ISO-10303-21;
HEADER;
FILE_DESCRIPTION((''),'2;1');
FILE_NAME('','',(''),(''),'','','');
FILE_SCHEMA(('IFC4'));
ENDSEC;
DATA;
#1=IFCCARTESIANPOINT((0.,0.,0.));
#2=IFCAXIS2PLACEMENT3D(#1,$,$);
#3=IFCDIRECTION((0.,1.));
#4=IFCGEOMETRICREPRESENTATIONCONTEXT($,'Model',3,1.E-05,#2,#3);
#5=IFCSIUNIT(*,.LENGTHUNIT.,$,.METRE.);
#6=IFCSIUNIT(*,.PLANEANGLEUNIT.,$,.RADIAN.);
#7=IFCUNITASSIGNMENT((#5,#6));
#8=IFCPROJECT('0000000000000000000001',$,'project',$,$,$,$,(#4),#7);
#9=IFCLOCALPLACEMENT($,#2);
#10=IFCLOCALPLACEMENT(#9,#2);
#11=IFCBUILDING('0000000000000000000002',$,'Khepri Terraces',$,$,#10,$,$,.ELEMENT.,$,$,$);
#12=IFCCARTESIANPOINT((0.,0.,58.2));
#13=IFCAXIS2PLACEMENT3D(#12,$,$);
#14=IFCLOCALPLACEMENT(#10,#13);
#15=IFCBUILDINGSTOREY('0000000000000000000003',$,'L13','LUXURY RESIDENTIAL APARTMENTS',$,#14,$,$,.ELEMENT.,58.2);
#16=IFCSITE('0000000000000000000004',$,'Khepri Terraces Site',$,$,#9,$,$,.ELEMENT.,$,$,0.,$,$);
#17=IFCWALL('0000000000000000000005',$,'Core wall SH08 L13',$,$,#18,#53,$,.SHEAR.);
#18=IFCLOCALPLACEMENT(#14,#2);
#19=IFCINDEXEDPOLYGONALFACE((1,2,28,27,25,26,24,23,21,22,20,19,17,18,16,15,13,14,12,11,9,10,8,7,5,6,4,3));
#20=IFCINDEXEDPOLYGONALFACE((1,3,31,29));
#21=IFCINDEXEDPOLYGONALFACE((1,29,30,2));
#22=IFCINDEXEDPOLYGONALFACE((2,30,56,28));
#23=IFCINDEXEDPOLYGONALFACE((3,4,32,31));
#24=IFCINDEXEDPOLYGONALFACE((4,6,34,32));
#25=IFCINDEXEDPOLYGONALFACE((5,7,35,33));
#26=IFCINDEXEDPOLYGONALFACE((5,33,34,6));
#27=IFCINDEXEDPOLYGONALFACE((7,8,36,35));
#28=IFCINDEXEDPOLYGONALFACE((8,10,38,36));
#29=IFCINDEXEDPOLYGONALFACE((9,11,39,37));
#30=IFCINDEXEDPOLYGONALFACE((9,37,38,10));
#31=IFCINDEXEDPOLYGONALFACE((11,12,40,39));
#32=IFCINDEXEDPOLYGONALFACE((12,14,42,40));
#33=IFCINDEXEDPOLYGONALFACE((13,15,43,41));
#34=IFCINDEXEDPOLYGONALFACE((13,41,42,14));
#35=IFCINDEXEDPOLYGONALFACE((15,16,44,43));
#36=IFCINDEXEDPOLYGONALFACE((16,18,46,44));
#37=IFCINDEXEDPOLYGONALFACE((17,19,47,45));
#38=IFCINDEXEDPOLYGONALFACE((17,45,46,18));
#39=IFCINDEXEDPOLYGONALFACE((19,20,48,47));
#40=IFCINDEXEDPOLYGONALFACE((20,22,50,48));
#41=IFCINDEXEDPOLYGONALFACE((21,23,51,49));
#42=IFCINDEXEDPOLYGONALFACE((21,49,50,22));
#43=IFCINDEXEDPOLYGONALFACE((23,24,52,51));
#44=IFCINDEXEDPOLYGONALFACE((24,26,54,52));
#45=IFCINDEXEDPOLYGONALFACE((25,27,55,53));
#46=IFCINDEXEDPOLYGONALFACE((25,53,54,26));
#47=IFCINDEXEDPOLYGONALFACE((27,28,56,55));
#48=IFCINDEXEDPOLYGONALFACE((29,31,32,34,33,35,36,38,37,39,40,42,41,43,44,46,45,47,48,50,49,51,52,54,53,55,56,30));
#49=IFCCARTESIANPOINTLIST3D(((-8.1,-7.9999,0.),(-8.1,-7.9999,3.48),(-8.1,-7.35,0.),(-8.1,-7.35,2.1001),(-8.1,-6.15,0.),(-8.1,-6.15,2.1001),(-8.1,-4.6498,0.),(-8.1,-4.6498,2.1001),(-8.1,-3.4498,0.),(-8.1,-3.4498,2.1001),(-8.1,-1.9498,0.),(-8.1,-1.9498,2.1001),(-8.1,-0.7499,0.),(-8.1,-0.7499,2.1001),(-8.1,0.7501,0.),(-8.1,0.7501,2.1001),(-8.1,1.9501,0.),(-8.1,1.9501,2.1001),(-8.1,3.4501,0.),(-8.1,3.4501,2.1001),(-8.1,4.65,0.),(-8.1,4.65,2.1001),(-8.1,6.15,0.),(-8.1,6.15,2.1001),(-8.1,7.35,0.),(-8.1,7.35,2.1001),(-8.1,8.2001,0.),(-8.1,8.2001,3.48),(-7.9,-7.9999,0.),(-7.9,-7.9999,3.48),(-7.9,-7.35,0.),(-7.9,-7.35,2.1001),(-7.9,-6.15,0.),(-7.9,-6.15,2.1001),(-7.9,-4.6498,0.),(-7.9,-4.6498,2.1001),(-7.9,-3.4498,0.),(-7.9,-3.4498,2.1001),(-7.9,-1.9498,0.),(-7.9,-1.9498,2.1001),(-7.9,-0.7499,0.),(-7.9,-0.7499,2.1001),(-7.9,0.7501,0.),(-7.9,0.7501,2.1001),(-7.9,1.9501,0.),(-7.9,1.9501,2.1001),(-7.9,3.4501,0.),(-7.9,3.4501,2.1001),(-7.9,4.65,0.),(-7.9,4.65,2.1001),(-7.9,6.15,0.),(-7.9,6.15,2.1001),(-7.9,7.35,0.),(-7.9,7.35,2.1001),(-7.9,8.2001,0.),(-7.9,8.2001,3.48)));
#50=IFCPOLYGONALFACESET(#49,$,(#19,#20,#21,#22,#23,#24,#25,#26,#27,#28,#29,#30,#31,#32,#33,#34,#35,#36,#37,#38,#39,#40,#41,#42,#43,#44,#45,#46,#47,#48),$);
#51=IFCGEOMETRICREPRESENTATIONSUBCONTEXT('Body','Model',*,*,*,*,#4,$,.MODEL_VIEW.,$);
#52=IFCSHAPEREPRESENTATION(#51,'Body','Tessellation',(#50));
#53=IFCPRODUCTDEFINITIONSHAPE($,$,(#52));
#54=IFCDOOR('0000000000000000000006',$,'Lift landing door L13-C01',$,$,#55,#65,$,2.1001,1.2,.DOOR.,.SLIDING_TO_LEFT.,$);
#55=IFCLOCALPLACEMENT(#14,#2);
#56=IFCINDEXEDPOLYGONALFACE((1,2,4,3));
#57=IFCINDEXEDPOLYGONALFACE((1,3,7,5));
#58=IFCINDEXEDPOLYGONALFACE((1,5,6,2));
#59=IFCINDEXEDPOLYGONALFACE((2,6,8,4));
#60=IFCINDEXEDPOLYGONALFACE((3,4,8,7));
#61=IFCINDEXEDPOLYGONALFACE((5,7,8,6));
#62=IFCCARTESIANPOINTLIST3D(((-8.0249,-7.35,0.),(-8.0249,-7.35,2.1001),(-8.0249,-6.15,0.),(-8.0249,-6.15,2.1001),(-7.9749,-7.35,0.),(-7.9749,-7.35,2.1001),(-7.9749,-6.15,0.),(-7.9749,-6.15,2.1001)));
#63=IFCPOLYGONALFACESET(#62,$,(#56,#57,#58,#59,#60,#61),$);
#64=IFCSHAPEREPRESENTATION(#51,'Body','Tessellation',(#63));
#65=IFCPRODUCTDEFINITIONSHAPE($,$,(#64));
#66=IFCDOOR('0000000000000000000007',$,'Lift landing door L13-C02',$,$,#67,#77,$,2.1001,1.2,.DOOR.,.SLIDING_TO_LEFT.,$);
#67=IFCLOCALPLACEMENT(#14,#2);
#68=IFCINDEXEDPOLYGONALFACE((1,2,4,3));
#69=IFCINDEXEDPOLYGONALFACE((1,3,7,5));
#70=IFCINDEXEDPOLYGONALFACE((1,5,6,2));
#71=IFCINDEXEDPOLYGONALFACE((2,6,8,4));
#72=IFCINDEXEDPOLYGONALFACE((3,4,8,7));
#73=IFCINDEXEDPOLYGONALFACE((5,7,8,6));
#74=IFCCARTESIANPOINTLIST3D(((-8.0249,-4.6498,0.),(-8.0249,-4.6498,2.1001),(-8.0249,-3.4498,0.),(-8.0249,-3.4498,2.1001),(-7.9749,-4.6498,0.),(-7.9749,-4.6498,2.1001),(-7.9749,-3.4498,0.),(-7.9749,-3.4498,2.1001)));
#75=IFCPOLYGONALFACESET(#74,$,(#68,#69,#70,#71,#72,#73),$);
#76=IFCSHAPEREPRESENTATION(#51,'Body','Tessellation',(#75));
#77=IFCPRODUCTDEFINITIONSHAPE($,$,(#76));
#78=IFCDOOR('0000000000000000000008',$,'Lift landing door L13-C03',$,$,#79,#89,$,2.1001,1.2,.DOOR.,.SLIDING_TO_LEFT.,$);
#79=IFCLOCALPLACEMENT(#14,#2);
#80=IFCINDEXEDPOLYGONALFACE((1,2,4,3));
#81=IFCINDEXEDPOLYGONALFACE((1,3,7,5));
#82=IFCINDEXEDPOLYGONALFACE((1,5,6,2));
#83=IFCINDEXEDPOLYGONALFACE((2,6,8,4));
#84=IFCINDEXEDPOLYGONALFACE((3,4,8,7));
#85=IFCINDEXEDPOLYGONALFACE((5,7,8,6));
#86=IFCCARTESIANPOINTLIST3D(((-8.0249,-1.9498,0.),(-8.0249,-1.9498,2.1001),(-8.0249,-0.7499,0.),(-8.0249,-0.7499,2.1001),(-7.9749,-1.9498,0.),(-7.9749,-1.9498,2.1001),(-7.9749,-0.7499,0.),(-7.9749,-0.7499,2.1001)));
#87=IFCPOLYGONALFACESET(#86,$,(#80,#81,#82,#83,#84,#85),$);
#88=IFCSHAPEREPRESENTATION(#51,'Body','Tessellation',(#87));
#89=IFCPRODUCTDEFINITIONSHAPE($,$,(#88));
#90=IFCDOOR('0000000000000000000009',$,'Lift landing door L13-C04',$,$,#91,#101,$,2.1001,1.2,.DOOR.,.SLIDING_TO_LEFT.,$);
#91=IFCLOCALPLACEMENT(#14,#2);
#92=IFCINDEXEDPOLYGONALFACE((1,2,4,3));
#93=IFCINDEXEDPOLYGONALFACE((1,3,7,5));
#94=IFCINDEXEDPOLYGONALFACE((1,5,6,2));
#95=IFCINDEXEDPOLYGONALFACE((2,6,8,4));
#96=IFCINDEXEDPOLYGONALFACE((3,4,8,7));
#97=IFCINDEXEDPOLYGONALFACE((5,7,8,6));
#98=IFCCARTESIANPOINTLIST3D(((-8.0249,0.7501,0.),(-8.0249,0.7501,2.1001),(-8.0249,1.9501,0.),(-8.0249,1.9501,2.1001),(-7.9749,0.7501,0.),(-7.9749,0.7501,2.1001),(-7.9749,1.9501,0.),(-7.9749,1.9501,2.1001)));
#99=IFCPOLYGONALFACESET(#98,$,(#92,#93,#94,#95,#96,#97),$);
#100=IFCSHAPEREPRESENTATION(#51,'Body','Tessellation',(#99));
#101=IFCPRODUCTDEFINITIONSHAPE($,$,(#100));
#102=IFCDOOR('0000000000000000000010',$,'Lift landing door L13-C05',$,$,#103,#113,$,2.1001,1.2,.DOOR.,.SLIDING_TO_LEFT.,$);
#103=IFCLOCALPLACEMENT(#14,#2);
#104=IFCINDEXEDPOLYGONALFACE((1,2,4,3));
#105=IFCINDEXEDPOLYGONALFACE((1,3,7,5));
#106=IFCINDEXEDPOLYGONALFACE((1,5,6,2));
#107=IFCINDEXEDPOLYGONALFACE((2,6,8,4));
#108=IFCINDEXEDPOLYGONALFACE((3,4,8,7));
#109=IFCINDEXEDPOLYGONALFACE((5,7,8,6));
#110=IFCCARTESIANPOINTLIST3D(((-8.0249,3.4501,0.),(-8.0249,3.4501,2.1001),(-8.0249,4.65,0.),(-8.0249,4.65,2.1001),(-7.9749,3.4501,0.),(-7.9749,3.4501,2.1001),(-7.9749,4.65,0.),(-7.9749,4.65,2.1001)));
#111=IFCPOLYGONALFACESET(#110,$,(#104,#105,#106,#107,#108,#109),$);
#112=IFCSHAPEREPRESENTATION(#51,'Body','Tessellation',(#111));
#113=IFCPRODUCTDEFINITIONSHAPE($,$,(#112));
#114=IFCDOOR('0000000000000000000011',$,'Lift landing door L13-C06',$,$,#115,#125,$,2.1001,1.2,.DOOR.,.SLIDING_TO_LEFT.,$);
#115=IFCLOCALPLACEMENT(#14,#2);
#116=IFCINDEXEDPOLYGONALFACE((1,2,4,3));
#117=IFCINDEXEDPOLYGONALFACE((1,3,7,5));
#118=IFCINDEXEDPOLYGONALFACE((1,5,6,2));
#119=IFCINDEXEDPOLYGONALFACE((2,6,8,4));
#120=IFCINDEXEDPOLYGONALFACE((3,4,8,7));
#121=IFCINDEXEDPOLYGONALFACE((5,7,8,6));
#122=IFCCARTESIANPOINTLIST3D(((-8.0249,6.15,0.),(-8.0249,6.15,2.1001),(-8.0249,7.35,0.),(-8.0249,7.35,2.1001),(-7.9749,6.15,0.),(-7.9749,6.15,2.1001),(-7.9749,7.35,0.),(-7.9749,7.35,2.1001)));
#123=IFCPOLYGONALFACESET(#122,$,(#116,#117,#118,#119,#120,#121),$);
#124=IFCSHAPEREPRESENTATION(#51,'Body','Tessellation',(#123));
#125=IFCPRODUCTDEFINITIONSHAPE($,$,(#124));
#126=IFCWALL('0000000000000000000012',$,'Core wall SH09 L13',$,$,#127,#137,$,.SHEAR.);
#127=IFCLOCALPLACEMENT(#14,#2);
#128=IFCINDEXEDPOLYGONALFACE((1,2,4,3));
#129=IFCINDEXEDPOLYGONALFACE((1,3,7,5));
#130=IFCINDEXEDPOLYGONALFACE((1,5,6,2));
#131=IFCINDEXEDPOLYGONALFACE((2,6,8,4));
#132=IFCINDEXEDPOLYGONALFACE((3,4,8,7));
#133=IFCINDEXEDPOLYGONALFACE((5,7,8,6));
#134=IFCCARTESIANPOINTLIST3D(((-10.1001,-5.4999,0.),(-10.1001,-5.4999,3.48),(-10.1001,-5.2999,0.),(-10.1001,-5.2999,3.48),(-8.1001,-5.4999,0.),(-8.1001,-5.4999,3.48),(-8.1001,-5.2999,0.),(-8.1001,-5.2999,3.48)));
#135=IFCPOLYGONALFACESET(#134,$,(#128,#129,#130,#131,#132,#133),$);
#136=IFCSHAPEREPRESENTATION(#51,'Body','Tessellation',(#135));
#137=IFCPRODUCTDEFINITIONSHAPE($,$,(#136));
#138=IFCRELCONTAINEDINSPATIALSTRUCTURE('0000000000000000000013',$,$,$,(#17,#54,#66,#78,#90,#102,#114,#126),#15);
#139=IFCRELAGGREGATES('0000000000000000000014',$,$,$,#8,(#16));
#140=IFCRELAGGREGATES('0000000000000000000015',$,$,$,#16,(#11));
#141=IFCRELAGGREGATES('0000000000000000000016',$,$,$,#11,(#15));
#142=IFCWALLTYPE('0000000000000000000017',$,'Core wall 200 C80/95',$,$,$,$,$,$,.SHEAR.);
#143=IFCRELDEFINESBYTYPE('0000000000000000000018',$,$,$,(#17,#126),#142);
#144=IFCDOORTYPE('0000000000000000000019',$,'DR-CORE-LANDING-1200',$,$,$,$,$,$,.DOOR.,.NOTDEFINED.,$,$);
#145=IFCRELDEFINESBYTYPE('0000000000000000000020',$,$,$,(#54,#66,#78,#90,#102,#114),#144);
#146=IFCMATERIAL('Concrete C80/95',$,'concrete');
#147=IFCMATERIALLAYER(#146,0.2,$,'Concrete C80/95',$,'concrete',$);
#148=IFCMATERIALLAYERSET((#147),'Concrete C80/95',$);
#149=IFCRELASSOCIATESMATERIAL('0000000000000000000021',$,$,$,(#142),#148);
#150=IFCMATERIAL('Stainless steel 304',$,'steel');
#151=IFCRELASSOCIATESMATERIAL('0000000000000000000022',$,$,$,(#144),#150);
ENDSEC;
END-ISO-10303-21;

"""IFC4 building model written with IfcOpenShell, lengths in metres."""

from ifc_helpers import new_model, si_unit, direction, frame, frame_2d, origin, place, context, subcontext, project, spatial, rectangle, extrude, material, layer, layer_set, type_object, element, fill, save


model = new_model("IFC4")

# Units and contexts
model_context = context("Model", 3, precision=1e-05, world=origin(), true_north=direction((0.0, 1.0)))
body_context = subcontext(model_context, "Body", "Model", "MODEL_VIEW")
ifc_project = project(units=[si_unit("LENGTHUNIT", "METRE"), si_unit("PLANEANGLEUNIT", "RADIAN")], contexts=[model_context])

# Site, building, storey
site_placement = place(None, origin())
site = spatial("IfcSite", under=ifc_project, at=site_placement, Name="Khepri Terraces Site", CompositionType="ELEMENT", RefElevation=0.0)
building_placement = place(site_placement, origin())
building = spatial("IfcBuilding", under=site, at=building_placement, Name="Khepri Terraces", CompositionType="ELEMENT")
storey_placement = place(building_placement, frame((0.0, 0.0, 58.2)))
storey = spatial("IfcBuildingStorey", under=building, at=storey_placement, Name="L13", Description="LUXURY RESIDENTIAL APARTMENTS", CompositionType="ELEMENT", Elevation=58.2)

# Shared definitions
ifc_material_1 = material(Name="Concrete C80/95", Category="concrete")
ifc_layer_1 = layer(ifc_material_1, 0.2, Name="Concrete C80/95", Category="concrete")
ifc_layer_set_1 = layer_set([ifc_layer_1], Name="Concrete C80/95")
wall_type_1 = type_object("IfcWallType", Name="Core wall 200 C80/95", PredefinedType="SHEAR", material=ifc_layer_set_1)

# Wall, openings, doors
wall_1_placement = place(storey_placement, frame((-8.0, -8.0, 0.0), z_axis=(0.0, 0.0, 1.0), x_axis=(0.0, 1.0, 0.0)))
wall_1 = element("IfcWall", 1, at=wall_1_placement, inside=storey, type_object=wall_type_1, Name="Core wall SH08 L13", PredefinedType="SHEAR", context=body_context, shape_type="SweptSolid", body=[
    extrude(rectangle(XDim=16.2, YDim=0.2, at=frame_2d((8.1001, 0.0))), origin(), (0.0, 0.0, 1.0), 3.48),
])
opening_1_placement = place(wall_1_placement, frame((0.6499, 0.0, 0.0)))
opening_1 = element("IfcOpeningElement", 2, at=opening_1_placement, cuts=wall_1, PredefinedType="OPENING", context=body_context, shape_type="SweptSolid", body=[
    extrude(rectangle(XDim=1.2, YDim=2.1001, at=frame_2d((0.6001, 1.05))), frame((0.0, 0.1099, 0.0), z_axis=(0.0, -1.0, 0.0), x_axis=(1.0, 0.0, 0.0)), (0.0, 0.0, 1.0), 0.22),
])
opening_2_placement = place(wall_1_placement, frame((3.3501, 0.0, 0.0)))
opening_2 = element("IfcOpeningElement", 3, at=opening_2_placement, cuts=wall_1, PredefinedType="OPENING", context=body_context, shape_type="SweptSolid", body=[
    extrude(rectangle(XDim=1.2, YDim=2.1001, at=frame_2d((0.6001, 1.05))), frame((0.0, 0.1099, 0.0), z_axis=(0.0, -1.0, 0.0), x_axis=(1.0, 0.0, 0.0)), (0.0, 0.0, 1.0), 0.22),
])
opening_3_placement = place(wall_1_placement, frame((6.05, 0.0, 0.0)))
opening_3 = element("IfcOpeningElement", 4, at=opening_3_placement, cuts=wall_1, PredefinedType="OPENING", context=body_context, shape_type="SweptSolid", body=[
    extrude(rectangle(XDim=1.2, YDim=2.1001, at=frame_2d((0.6001, 1.05))), frame((0.0, 0.1099, 0.0), z_axis=(0.0, -1.0, 0.0), x_axis=(1.0, 0.0, 0.0)), (0.0, 0.0, 1.0), 0.22),
])
opening_4_placement = place(wall_1_placement, frame((8.75, 0.0, 0.0)))
opening_4 = element("IfcOpeningElement", 5, at=opening_4_placement, cuts=wall_1, PredefinedType="OPENING", context=body_context, shape_type="SweptSolid", body=[
    extrude(rectangle(XDim=1.2, YDim=2.1001, at=frame_2d((0.6001, 1.05))), frame((0.0, 0.1099, 0.0), z_axis=(0.0, -1.0, 0.0), x_axis=(1.0, 0.0, 0.0)), (0.0, 0.0, 1.0), 0.22),
])
opening_5_placement = place(wall_1_placement, frame((11.45, 0.0, 0.0)))
opening_5 = element("IfcOpeningElement", 6, at=opening_5_placement, cuts=wall_1, PredefinedType="OPENING", context=body_context, shape_type="SweptSolid", body=[
    extrude(rectangle(XDim=1.2, YDim=2.1001, at=frame_2d((0.6001, 1.05))), frame((0.0, 0.1099, 0.0), z_axis=(0.0, -1.0, 0.0), x_axis=(1.0, 0.0, 0.0)), (0.0, 0.0, 1.0), 0.22),
])
opening_6_placement = place(wall_1_placement, frame((14.1499, 0.0, 0.0)))
opening_6 = element("IfcOpeningElement", 7, at=opening_6_placement, cuts=wall_1, PredefinedType="OPENING", context=body_context, shape_type="SweptSolid", body=[
    extrude(rectangle(XDim=1.2, YDim=2.1001, at=frame_2d((0.6001, 1.05))), frame((0.0, 0.1099, 0.0), z_axis=(0.0, -1.0, 0.0), x_axis=(1.0, 0.0, 0.0)), (0.0, 0.0, 1.0), 0.22),
])
ifc_material_2 = material(Name="Stainless steel 304", Category="steel")
door_type_1 = type_object("IfcDoorType", Name="DR-CORE-LANDING-1200", OperationType="NOTDEFINED", PredefinedType="DOOR", material=ifc_material_2)
door_1_placement = place(opening_1_placement, origin())
door_1 = element("IfcDoor", 8, at=door_1_placement, inside=storey, type_object=door_type_1, Name="Lift landing door L13-C01", OperationType="SLIDING_TO_LEFT", OverallHeight=2.1001, OverallWidth=1.2, PredefinedType="DOOR", context=body_context, shape_type="SweptSolid", body=[
    extrude(rectangle(XDim=1.2, YDim=2.1001, at=frame_2d((0.6001, 1.05))), frame((0.0, 0.0249, 0.0), z_axis=(0.0, -1.0, 0.0), x_axis=(1.0, 0.0, 0.0)), (0.0, 0.0, 1.0), 0.05),
])
fill(opening_1, door_1)
door_2_placement = place(opening_2_placement, origin())
door_2 = element("IfcDoor", 9, at=door_2_placement, inside=storey, type_object=door_type_1, Name="Lift landing door L13-C02", OperationType="SLIDING_TO_LEFT", OverallHeight=2.1001, OverallWidth=1.2, PredefinedType="DOOR", context=body_context, shape_type="SweptSolid", body=[
    extrude(rectangle(XDim=1.2, YDim=2.1001, at=frame_2d((0.6001, 1.05))), frame((0.0, 0.0249, 0.0), z_axis=(0.0, -1.0, 0.0), x_axis=(1.0, 0.0, 0.0)), (0.0, 0.0, 1.0), 0.05),
])
fill(opening_2, door_2)
door_3_placement = place(opening_3_placement, origin())
door_3 = element("IfcDoor", 10, at=door_3_placement, inside=storey, type_object=door_type_1, Name="Lift landing door L13-C03", OperationType="SLIDING_TO_LEFT", OverallHeight=2.1001, OverallWidth=1.2, PredefinedType="DOOR", context=body_context, shape_type="SweptSolid", body=[
    extrude(rectangle(XDim=1.2, YDim=2.1001, at=frame_2d((0.6001, 1.05))), frame((0.0, 0.0249, 0.0), z_axis=(0.0, -1.0, 0.0), x_axis=(1.0, 0.0, 0.0)), (0.0, 0.0, 1.0), 0.05),
])
fill(opening_3, door_3)
door_4_placement = place(opening_4_placement, origin())
door_4 = element("IfcDoor", 11, at=door_4_placement, inside=storey, type_object=door_type_1, Name="Lift landing door L13-C04", OperationType="SLIDING_TO_LEFT", OverallHeight=2.1001, OverallWidth=1.2, PredefinedType="DOOR", context=body_context, shape_type="SweptSolid", body=[
    extrude(rectangle(XDim=1.2, YDim=2.1001, at=frame_2d((0.6001, 1.05))), frame((0.0, 0.0249, 0.0), z_axis=(0.0, -1.0, 0.0), x_axis=(1.0, 0.0, 0.0)), (0.0, 0.0, 1.0), 0.05),
])
fill(opening_4, door_4)
door_5_placement = place(opening_5_placement, origin())
door_5 = element("IfcDoor", 12, at=door_5_placement, inside=storey, type_object=door_type_1, Name="Lift landing door L13-C05", OperationType="SLIDING_TO_LEFT", OverallHeight=2.1001, OverallWidth=1.2, PredefinedType="DOOR", context=body_context, shape_type="SweptSolid", body=[
    extrude(rectangle(XDim=1.2, YDim=2.1001, at=frame_2d((0.6001, 1.05))), frame((0.0, 0.0249, 0.0), z_axis=(0.0, -1.0, 0.0), x_axis=(1.0, 0.0, 0.0)), (0.0, 0.0, 1.0), 0.05),
])
fill(opening_5, door_5)
door_6_placement = place(opening_6_placement, origin())
door_6 = element("IfcDoor", 13, at=door_6_placement, inside=storey, type_object=door_type_1, Name="Lift landing door L13-C06", OperationType="SLIDING_TO_LEFT", OverallHeight=2.1001, OverallWidth=1.2, PredefinedType="DOOR", context=body_context, shape_type="SweptSolid", body=[
    extrude(rectangle(XDim=1.2, YDim=2.1001, at=frame_2d((0.6001, 1.05))), frame((0.0, 0.0249, 0.0), z_axis=(0.0, -1.0, 0.0), x_axis=(1.0, 0.0, 0.0)), (0.0, 0.0, 1.0), 0.05),
])
fill(opening_6, door_6)

# Wall
wall_2_placement = place(storey_placement, frame((-10.1001, -5.3999, 0.0), z_axis=(0.0, 0.0, 1.0), x_axis=(1.0, 0.0, 0.0)))
element("IfcWall", 14, at=wall_2_placement, inside=storey, type_object=wall_type_1, Name="Core wall SH09 L13", PredefinedType="SHEAR", context=body_context, shape_type="SweptSolid", body=[
    extrude(rectangle(XDim=2.0, YDim=0.2, at=frame_2d((1.0, 0.0))), origin(), (0.0, 0.0, 1.0), 3.48),
])

save(model, "model.ifc")
